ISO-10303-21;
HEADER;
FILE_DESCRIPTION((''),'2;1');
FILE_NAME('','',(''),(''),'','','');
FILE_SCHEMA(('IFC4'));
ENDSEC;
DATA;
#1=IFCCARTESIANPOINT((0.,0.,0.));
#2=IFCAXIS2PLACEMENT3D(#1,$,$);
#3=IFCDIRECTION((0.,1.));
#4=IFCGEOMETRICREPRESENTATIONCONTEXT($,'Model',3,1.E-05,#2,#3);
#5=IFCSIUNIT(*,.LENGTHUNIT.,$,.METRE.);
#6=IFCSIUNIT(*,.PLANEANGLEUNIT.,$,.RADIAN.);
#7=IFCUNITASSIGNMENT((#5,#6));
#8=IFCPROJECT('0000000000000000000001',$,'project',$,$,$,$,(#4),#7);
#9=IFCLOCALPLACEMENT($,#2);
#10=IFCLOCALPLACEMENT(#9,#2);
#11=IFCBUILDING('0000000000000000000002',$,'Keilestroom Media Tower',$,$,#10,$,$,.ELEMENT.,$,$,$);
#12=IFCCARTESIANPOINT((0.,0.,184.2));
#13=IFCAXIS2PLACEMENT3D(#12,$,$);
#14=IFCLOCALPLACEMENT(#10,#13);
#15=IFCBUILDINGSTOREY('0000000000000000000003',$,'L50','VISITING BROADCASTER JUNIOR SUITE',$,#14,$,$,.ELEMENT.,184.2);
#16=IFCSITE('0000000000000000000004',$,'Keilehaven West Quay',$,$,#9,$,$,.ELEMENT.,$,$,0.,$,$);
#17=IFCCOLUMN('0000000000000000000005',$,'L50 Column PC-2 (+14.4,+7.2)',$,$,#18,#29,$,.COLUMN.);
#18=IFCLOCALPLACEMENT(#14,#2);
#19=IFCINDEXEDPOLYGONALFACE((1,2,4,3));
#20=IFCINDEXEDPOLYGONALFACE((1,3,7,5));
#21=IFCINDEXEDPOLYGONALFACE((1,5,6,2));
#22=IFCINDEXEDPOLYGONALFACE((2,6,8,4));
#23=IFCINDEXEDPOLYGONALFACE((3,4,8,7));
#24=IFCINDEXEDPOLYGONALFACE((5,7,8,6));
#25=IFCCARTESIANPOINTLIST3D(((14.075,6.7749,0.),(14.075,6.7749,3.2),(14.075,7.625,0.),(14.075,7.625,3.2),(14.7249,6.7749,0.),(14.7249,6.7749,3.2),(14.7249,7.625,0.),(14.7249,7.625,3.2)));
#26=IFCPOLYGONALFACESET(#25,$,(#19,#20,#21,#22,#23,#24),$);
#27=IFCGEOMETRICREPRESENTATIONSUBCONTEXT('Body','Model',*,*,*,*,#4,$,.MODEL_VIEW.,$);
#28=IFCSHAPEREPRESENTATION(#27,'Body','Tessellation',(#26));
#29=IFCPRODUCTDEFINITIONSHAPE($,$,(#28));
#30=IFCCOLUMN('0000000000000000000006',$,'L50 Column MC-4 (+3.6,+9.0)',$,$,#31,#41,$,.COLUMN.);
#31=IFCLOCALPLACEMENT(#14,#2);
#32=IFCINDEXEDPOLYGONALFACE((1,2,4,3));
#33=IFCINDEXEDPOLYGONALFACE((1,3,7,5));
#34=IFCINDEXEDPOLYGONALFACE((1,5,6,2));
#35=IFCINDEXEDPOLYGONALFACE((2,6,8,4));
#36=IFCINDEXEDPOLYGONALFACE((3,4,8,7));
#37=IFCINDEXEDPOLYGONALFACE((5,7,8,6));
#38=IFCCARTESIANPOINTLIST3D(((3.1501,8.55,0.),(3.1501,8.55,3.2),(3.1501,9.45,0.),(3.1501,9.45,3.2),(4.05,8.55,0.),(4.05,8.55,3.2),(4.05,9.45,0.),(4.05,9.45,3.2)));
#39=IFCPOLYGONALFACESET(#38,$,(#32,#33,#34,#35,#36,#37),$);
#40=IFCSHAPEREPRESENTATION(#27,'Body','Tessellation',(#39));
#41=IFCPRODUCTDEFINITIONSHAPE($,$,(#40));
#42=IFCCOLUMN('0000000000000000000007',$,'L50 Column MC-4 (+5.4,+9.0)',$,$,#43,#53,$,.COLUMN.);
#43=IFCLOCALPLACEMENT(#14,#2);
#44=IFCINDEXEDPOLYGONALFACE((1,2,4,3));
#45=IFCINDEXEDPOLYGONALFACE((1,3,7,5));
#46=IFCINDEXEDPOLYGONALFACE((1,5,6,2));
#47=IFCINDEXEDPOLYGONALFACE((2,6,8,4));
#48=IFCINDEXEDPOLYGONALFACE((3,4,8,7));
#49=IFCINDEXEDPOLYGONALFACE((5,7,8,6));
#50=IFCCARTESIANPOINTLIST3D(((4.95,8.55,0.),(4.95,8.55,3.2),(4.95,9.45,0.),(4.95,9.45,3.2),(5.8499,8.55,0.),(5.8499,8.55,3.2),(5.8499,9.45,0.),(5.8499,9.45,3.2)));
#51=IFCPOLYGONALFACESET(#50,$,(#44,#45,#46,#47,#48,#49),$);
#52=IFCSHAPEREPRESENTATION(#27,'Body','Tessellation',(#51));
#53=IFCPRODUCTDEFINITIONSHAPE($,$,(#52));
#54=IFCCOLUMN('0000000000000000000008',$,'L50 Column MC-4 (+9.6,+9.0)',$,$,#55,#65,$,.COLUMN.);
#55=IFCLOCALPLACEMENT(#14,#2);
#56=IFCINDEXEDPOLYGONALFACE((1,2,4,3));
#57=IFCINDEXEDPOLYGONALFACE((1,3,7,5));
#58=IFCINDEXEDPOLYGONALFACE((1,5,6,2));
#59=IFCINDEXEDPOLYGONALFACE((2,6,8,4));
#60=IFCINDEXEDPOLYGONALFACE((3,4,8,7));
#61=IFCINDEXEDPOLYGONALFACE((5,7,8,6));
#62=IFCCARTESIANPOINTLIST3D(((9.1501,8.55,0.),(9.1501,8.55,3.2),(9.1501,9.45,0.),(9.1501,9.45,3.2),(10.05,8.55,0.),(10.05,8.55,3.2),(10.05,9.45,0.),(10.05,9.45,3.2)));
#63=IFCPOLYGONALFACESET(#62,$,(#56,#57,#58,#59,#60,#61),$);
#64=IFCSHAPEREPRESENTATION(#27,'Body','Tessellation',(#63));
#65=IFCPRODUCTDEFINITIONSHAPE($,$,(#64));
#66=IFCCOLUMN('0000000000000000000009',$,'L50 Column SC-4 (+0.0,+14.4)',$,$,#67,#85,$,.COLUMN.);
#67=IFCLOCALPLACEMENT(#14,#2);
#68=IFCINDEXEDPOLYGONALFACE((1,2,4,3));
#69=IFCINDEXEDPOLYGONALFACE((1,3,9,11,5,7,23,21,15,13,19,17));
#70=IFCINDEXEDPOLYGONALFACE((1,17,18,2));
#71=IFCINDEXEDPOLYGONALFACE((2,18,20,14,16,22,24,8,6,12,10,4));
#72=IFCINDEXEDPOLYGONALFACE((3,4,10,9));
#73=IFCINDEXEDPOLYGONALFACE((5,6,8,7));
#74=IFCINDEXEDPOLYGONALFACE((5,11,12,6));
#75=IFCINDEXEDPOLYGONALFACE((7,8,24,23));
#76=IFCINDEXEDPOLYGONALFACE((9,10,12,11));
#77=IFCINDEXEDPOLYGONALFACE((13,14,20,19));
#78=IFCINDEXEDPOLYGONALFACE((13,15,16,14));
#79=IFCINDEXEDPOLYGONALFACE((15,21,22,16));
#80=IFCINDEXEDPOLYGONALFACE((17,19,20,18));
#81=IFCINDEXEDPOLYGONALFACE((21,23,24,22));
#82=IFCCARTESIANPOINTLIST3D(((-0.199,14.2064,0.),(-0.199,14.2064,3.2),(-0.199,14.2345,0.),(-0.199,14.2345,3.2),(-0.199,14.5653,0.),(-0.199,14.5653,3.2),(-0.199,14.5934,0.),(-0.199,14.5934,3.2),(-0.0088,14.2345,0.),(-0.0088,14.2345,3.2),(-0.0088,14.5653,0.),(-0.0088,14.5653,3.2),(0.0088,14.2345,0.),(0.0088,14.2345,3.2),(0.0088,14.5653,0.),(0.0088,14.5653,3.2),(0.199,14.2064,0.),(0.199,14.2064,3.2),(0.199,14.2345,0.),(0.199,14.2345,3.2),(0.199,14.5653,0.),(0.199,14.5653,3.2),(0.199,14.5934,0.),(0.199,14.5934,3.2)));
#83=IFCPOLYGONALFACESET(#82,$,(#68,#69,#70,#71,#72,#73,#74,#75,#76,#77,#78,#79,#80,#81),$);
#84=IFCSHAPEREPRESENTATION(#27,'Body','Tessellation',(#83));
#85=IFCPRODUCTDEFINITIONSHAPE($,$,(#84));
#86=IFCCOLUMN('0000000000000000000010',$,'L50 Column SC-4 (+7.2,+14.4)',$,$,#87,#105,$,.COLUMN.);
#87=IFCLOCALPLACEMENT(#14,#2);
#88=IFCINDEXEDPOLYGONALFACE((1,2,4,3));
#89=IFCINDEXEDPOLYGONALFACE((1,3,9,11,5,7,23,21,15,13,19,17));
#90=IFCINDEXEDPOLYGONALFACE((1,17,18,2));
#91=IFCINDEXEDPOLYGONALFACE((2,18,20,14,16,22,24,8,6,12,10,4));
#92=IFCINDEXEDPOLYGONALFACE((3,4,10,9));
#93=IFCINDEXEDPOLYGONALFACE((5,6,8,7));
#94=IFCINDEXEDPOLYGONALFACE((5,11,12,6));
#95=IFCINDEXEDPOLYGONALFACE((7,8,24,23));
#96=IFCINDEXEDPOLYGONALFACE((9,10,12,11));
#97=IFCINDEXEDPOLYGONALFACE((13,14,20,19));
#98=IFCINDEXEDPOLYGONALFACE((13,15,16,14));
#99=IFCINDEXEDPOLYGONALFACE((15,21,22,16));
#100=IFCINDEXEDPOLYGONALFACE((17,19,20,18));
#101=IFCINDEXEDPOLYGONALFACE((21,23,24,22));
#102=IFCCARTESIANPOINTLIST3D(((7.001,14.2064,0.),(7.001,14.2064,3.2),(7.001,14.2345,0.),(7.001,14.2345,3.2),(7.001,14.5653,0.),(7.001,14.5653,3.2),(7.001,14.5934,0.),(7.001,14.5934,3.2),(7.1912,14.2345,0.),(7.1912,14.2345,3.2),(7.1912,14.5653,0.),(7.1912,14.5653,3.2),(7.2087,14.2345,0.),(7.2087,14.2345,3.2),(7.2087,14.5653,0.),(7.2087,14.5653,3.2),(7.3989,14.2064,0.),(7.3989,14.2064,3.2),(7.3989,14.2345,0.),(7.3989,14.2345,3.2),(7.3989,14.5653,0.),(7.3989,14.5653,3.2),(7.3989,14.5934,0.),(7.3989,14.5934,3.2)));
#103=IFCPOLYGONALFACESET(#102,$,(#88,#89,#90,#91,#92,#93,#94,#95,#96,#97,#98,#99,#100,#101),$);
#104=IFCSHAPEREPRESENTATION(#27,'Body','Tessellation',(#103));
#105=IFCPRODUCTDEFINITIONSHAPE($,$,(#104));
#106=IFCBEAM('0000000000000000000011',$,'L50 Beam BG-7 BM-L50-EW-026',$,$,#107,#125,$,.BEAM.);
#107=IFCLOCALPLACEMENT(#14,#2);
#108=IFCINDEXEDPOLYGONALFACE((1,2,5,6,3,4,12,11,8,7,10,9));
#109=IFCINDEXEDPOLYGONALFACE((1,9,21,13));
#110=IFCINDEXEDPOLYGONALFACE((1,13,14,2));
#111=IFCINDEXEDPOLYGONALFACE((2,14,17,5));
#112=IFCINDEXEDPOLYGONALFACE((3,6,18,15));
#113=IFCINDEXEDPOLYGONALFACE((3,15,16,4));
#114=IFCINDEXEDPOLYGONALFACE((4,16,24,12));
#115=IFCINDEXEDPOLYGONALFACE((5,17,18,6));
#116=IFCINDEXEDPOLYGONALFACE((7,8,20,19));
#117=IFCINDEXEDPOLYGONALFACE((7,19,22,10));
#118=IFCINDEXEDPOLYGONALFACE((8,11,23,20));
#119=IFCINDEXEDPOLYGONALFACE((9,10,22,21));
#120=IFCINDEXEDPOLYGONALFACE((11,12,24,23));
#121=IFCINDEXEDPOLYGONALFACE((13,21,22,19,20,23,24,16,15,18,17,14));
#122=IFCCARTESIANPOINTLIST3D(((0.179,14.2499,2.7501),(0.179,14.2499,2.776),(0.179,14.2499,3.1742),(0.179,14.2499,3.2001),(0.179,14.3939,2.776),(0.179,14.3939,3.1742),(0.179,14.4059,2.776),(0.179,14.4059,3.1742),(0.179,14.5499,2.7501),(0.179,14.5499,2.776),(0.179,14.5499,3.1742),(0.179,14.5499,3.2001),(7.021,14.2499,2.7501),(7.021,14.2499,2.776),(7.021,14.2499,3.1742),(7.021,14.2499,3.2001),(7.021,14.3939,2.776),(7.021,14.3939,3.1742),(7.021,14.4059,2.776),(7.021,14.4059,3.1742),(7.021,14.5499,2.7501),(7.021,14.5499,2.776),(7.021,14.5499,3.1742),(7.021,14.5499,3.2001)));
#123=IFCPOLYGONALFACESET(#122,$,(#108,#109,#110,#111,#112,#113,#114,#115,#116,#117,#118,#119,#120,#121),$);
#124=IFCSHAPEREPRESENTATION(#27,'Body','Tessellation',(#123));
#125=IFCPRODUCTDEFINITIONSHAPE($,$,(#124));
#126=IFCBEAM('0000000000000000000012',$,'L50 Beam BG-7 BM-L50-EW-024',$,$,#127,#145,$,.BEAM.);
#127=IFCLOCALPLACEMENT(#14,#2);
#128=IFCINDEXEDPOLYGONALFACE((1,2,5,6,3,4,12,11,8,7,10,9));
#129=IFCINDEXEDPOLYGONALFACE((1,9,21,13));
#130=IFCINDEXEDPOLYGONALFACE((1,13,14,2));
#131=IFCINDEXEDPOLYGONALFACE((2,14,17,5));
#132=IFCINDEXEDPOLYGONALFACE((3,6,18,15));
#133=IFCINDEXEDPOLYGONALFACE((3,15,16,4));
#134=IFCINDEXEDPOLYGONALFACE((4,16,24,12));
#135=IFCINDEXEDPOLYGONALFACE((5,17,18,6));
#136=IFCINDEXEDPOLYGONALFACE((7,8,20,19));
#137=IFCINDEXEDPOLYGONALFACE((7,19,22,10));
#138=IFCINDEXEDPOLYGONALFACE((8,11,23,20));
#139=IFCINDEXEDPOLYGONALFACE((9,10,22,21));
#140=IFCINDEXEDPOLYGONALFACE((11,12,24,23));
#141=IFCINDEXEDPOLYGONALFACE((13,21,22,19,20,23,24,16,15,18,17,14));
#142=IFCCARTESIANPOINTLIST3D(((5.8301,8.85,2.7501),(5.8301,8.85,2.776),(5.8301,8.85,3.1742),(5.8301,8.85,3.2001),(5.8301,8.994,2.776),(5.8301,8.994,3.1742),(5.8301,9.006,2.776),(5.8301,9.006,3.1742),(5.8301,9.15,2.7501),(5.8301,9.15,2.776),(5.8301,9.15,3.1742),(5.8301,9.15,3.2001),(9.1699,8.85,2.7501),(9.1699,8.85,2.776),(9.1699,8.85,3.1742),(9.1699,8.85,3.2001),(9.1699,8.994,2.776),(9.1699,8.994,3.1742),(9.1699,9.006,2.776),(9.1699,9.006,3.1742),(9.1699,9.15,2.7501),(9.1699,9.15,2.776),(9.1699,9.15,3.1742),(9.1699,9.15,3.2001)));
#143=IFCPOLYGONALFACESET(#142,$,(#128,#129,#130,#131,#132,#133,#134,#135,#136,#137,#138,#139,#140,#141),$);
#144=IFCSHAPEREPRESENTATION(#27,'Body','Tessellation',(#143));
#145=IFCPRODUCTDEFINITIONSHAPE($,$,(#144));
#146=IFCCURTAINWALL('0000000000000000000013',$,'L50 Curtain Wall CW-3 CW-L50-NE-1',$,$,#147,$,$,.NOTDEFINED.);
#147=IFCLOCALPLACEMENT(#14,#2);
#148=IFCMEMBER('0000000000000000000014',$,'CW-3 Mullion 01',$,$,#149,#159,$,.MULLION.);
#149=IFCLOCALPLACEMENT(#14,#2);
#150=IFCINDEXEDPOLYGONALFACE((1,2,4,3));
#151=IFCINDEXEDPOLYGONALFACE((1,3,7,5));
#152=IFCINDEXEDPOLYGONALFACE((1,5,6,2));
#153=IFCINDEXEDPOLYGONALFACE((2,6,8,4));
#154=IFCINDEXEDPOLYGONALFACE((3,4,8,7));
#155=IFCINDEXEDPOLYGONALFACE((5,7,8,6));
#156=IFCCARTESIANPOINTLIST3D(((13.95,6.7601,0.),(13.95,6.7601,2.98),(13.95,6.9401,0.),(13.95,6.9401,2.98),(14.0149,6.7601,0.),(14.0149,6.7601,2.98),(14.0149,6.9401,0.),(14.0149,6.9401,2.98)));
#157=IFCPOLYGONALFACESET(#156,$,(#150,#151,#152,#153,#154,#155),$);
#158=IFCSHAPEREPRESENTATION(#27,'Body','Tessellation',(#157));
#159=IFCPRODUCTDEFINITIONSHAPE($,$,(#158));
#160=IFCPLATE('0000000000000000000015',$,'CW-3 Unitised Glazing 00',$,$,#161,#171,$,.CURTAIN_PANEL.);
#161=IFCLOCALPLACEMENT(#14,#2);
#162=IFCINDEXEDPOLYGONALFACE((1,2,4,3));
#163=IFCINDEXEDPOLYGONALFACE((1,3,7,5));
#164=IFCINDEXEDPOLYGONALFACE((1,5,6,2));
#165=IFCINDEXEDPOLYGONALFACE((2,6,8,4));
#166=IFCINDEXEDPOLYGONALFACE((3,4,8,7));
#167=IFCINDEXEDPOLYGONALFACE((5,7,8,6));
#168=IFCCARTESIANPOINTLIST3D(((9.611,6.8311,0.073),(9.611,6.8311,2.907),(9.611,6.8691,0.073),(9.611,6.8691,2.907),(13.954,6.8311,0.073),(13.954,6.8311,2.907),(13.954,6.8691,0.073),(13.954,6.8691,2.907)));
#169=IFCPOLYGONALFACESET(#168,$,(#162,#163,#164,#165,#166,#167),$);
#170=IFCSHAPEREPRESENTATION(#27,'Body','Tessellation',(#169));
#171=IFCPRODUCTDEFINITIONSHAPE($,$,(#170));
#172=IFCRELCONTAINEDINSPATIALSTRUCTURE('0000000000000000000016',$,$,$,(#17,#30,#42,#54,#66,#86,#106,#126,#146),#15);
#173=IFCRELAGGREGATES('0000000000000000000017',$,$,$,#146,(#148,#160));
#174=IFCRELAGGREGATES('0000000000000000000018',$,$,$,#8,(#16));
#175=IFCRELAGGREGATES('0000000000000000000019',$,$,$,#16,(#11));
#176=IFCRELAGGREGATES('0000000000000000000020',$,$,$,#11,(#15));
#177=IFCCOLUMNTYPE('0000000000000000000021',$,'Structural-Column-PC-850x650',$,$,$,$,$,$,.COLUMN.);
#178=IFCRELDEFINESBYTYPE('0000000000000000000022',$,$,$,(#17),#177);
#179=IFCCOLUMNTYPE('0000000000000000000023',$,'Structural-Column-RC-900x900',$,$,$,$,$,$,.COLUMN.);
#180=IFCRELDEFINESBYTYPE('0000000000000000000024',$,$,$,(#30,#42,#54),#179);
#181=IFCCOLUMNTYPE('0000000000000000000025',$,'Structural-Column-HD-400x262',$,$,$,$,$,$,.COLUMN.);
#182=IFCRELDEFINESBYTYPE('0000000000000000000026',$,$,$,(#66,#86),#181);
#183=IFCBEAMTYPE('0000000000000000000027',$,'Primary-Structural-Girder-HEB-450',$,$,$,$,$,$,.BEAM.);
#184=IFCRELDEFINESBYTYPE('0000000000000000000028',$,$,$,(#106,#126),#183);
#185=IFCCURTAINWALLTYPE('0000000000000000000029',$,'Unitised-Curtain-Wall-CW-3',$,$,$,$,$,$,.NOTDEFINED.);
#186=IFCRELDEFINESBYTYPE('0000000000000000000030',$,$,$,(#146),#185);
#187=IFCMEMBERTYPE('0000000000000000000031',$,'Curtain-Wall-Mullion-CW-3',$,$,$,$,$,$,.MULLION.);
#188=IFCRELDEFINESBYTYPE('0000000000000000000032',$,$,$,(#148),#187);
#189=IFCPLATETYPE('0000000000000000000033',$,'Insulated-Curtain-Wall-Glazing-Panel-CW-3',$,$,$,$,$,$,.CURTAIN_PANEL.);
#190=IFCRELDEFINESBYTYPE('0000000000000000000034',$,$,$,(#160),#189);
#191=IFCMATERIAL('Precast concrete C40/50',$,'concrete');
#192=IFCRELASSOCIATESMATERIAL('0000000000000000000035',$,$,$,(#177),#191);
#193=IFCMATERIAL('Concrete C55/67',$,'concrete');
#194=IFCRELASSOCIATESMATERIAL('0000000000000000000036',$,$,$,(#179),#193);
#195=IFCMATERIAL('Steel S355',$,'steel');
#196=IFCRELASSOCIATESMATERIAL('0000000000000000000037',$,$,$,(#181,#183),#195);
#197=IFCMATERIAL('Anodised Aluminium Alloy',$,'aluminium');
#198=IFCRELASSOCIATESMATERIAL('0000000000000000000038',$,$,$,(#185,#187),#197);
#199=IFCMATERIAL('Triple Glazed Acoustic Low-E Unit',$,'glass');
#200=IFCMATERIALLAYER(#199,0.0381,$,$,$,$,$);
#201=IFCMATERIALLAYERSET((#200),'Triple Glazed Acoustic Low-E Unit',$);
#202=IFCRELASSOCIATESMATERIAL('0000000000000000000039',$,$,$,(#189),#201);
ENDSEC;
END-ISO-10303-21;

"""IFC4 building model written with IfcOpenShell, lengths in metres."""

from ifc_helpers import new_model, si_unit, direction, frame, origin, origin_2d, place, context, subcontext, project, spatial, rectangle, i_section, extrude, source, transform, mapped, material, layer, layer_set, material_profile, profile_set, type_object, element, aggregate, save


model = new_model("IFC4")

# Units and contexts
model_context = context("Model", 3, precision=1e-05, world=origin(), true_north=direction((0.0, 1.0)))
body_context = subcontext(model_context, "Body", "Model", "MODEL_VIEW")
ifc_project = project(units=[si_unit("LENGTHUNIT", "METRE"), si_unit("PLANEANGLEUNIT", "RADIAN")], contexts=[model_context])

# Site, building, storey
site_placement = place(None, origin())
site = spatial("IfcSite", under=ifc_project, at=site_placement, Name="Keilehaven West Quay", CompositionType="ELEMENT", RefElevation=0.0)
building_placement = place(site_placement, origin())
building = spatial("IfcBuilding", under=site, at=building_placement, Name="Keilestroom Media Tower", CompositionType="ELEMENT")
storey_placement = place(building_placement, frame((0.0, 0.0, 184.2)))
storey = spatial("IfcBuildingStorey", under=building, at=storey_placement, Name="L50", Description="VISITING BROADCASTER JUNIOR SUITE", CompositionType="ELEMENT", Elevation=184.2)

# Columns
ifc_material_1 = material(Name="Precast concrete C40/50", Category="concrete")
ifc_material_profile_1 = material_profile(ifc_material_1, rectangle(XDim=0.6499, YDim=0.8501, at=origin_2d()), Name="PC 850x650")
ifc_profile_set_1 = profile_set([ifc_material_profile_1], Name="Precast concrete C40/50")
column_type_1 = type_object("IfcColumnType", Name="Structural-Column-PC-850x650", PredefinedType="COLUMN", material=ifc_profile_set_1)
shared_shape_1 = source(origin(), body_context, "Body", "SweptSolid", [
    extrude(rectangle(XDim=0.6499, YDim=0.8501, at=origin_2d()), origin(), (0.0, 0.0, 1.0), 3.2),
])
column_placement = place(storey_placement, frame((14.3999, 7.2, 0.0), z_axis=(0.0, 0.0, 1.0), x_axis=(1.0, 0.0, 0.0)))
element("IfcColumn", 1, at=column_placement, inside=storey, type_object=column_type_1, Name="L50 Column PC-2 (+14.4,+7.2)", PredefinedType="COLUMN", context=body_context, shape_type="MappedRepresentation", body=[
    mapped(shared_shape_1, transform((0.0, 0.0, 0.0), x_axis=(1.0, 0.0, 0.0), y_axis=(0.0, 1.0, 0.0), z_axis=(0.0, 0.0, 1.0), scale=1.0)),
])
ifc_material_2 = material(Name="Concrete C55/67", Category="concrete")
ifc_material_profile_2 = material_profile(ifc_material_2, rectangle(XDim=0.8999, YDim=0.8999, at=origin_2d()), Name="RC 900x900")
ifc_profile_set_2 = profile_set([ifc_material_profile_2], Name="Concrete C55/67")
column_type_2 = type_object("IfcColumnType", Name="Structural-Column-RC-900x900", PredefinedType="COLUMN", material=ifc_profile_set_2)
shared_shape_2 = source(origin(), body_context, "Body", "SweptSolid", [
    extrude(rectangle(XDim=0.8999, YDim=0.8999, at=origin_2d()), origin(), (0.0, 0.0, 1.0), 3.2),
])
for number, where, z_axis, x_axis, name in (
    (2, (3.6001, 9.0, 0.0), (0.0, 0.0, 1.0), (1.0, 0.0, 0.0), "L50 Column MC-4 (+3.6,+9.0)"),
    (3, (5.3999, 9.0, 0.0), (0.0, 0.0, 1.0), (1.0, 0.0, 0.0), "L50 Column MC-4 (+5.4,+9.0)"),
    (4, (9.6001, 9.0, 0.0), (0.0, 0.0, 1.0), (1.0, 0.0, 0.0), "L50 Column MC-4 (+9.6,+9.0)"),
):
    element("IfcColumn", number, at=place(storey_placement, frame(where, z_axis=z_axis, x_axis=x_axis)), inside=storey, type_object=column_type_2, Name=name, PredefinedType="COLUMN", context=body_context, shape_type="MappedRepresentation", body=[
        mapped(shared_shape_2, transform((0.0, 0.0, 0.0), x_axis=(1.0, 0.0, 0.0), y_axis=(0.0, 1.0, 0.0), z_axis=(0.0, 0.0, 1.0), scale=1.0)),
    ])
ifc_material_3 = material(Name="Steel S355", Category="steel")
ifc_material_profile_3 = material_profile(ifc_material_3, i_section(OverallWidth=0.3979, OverallDepth=0.387, WebThickness=0.0176, FlangeThickness=0.0281, at=origin_2d()), Name="HD 400x262")
ifc_profile_set_3 = profile_set([ifc_material_profile_3], Name="Steel S355")
column_type_3 = type_object("IfcColumnType", Name="Structural-Column-HD-400x262", PredefinedType="COLUMN", material=ifc_profile_set_3)
shared_shape_3 = source(origin(), body_context, "Body", "SweptSolid", [
    extrude(i_section(OverallWidth=0.3979, OverallDepth=0.387, WebThickness=0.0176, FlangeThickness=0.0281, at=origin_2d()), origin(), (0.0, 0.0, 1.0), 3.2),
])
for number, where, z_axis, x_axis, name in (
    (5, (0.0, 14.3999, 0.0), (0.0, 0.0, 1.0), (1.0, 0.0, 0.0), "L50 Column SC-4 (+0.0,+14.4)"),
    (6, (7.2, 14.3999, 0.0), (0.0, 0.0, 1.0), (1.0, 0.0, 0.0), "L50 Column SC-4 (+7.2,+14.4)"),
):
    element("IfcColumn", number, at=place(storey_placement, frame(where, z_axis=z_axis, x_axis=x_axis)), inside=storey, type_object=column_type_3, Name=name, PredefinedType="COLUMN", context=body_context, shape_type="MappedRepresentation", body=[
        mapped(shared_shape_3, transform((0.0, 0.0, 0.0), x_axis=(1.0, 0.0, 0.0), y_axis=(0.0, 1.0, 0.0), z_axis=(0.0, 0.0, 1.0), scale=1.0)),
    ])

# Beams
ifc_material_profile_4 = material_profile(ifc_material_3, i_section(OverallWidth=0.3, OverallDepth=0.45, WebThickness=0.012, FlangeThickness=0.0259, at=origin_2d()), Name="HEB 450")
ifc_profile_set_4 = profile_set([ifc_material_profile_4], Name="Steel S355")
beam_type = type_object("IfcBeamType", Name="Primary-Structural-Girder-HEB-450", PredefinedType="BEAM", material=ifc_profile_set_4)
shared_shape_4 = source(origin(), body_context, "Body", "SweptSolid", [
    extrude(i_section(OverallWidth=0.3, OverallDepth=0.45, WebThickness=0.012, FlangeThickness=0.0259, at=origin_2d()), origin(), (0.0, 0.0, 1.0), 6.842),
])
beam_1_placement = place(storey_placement, frame((0.179, 14.3999, 2.9751), z_axis=(1.0, 0.0, 0.0), x_axis=(0.0, 1.0, 0.0)))
element("IfcBeam", 7, at=beam_1_placement, inside=storey, type_object=beam_type, Name="L50 Beam BG-7 BM-L50-EW-026", PredefinedType="BEAM", context=body_context, shape_type="MappedRepresentation", body=[
    mapped(shared_shape_4, transform((0.0, 0.0, 0.0), x_axis=(1.0, 0.0, 0.0), y_axis=(0.0, 1.0, 0.0), z_axis=(0.0, 0.0, 1.0), scale=1.0)),
])
shared_shape_5 = source(origin(), body_context, "Body", "SweptSolid", [
    extrude(i_section(OverallWidth=0.3, OverallDepth=0.45, WebThickness=0.012, FlangeThickness=0.0259, at=origin_2d()), origin(), (0.0, 0.0, 1.0), 3.3398),
])
beam_2_placement = place(storey_placement, frame((5.8301, 9.0, 2.9751), z_axis=(1.0, 0.0, 0.0), x_axis=(0.0, 1.0, 0.0)))
element("IfcBeam", 8, at=beam_2_placement, inside=storey, type_object=beam_type, Name="L50 Beam BG-7 BM-L50-EW-024", PredefinedType="BEAM", context=body_context, shape_type="MappedRepresentation", body=[
    mapped(shared_shape_5, transform((0.0, 0.0, 0.0), x_axis=(1.0, 0.0, 0.0), y_axis=(0.0, 1.0, 0.0), z_axis=(0.0, 0.0, 1.0), scale=1.0)),
])

# Curtain wall, member, plate
ifc_material_4 = material(Name="Anodised Aluminium Alloy", Category="aluminium")
curtain_wall_type = type_object("IfcCurtainWallType", Name="Unitised-Curtain-Wall-CW-3", PredefinedType="NOTDEFINED", material=ifc_material_4)
curtain_wall_placement = place(storey_placement, origin())
curtain_wall = element("IfcCurtainWall", 9, at=curtain_wall_placement, inside=storey, type_object=curtain_wall_type, Name="L50 Curtain Wall CW-3 CW-L50-NE-1", PredefinedType="NOTDEFINED")
ifc_material_profile_5 = material_profile(ifc_material_4, rectangle(XDim=0.0649, YDim=0.1799, at=origin_2d()), Name="ALU MULLION 65x180")
ifc_profile_set_5 = profile_set([ifc_material_profile_5], Name="Anodised Aluminium Alloy")
member_type = type_object("IfcMemberType", Name="Curtain-Wall-Mullion-CW-3", PredefinedType="MULLION", material=ifc_profile_set_5)
shared_shape_6 = source(origin(), body_context, "Body", "SweptSolid", [
    extrude(rectangle(XDim=0.0649, YDim=0.1799, at=origin_2d()), origin(), (0.0, 0.0, 1.0), 2.98),
])
member_placement = place(storey_placement, frame((13.9824, 6.8501, 0.0), z_axis=(0.0, 0.0, 1.0), x_axis=(1.0, 0.0, 0.0)))
member = element("IfcMember", 10, at=member_placement, type_object=member_type, Name="CW-3 Mullion 01", PredefinedType="MULLION", context=body_context, shape_type="MappedRepresentation", body=[
    mapped(shared_shape_6, transform((0.0, 0.0, 0.0), x_axis=(1.0, 0.0, 0.0), y_axis=(0.0, 1.0, 0.0), z_axis=(0.0, 0.0, 1.0), scale=1.0)),
])
ifc_material_5 = material(Name="Triple Glazed Acoustic Low-E Unit", Category="glass")
ifc_layer_1 = layer(ifc_material_5, 0.0381)
ifc_layer_set_1 = layer_set([ifc_layer_1], Name="Triple Glazed Acoustic Low-E Unit")
plate_type = type_object("IfcPlateType", Name="Insulated-Curtain-Wall-Glazing-Panel-CW-3", PredefinedType="CURTAIN_PANEL", material=ifc_layer_set_1)
shared_shape_7 = source(origin(), body_context, "Body", "SweptSolid", [
    extrude(rectangle(XDim=4.343, YDim=0.0381, at=origin_2d()), origin(), (0.0, 0.0, 1.0), 2.834),
])
plate_placement = place(storey_placement, frame((11.7825, 6.8501, 0.073), z_axis=(0.0, 0.0, 1.0), x_axis=(1.0, 0.0, 0.0)))
plate = element("IfcPlate", 11, at=plate_placement, type_object=plate_type, Name="CW-3 Unitised Glazing 00", PredefinedType="CURTAIN_PANEL", context=body_context, shape_type="MappedRepresentation", body=[
    mapped(shared_shape_7, transform((0.0, 0.0, 0.0), x_axis=(1.0, 0.0, 0.0), y_axis=(0.0, 1.0, 0.0), z_axis=(0.0, 0.0, 1.0), scale=1.0)),
])
aggregate(curtain_wall, [member, plate])

save(model, "model.ifc")
